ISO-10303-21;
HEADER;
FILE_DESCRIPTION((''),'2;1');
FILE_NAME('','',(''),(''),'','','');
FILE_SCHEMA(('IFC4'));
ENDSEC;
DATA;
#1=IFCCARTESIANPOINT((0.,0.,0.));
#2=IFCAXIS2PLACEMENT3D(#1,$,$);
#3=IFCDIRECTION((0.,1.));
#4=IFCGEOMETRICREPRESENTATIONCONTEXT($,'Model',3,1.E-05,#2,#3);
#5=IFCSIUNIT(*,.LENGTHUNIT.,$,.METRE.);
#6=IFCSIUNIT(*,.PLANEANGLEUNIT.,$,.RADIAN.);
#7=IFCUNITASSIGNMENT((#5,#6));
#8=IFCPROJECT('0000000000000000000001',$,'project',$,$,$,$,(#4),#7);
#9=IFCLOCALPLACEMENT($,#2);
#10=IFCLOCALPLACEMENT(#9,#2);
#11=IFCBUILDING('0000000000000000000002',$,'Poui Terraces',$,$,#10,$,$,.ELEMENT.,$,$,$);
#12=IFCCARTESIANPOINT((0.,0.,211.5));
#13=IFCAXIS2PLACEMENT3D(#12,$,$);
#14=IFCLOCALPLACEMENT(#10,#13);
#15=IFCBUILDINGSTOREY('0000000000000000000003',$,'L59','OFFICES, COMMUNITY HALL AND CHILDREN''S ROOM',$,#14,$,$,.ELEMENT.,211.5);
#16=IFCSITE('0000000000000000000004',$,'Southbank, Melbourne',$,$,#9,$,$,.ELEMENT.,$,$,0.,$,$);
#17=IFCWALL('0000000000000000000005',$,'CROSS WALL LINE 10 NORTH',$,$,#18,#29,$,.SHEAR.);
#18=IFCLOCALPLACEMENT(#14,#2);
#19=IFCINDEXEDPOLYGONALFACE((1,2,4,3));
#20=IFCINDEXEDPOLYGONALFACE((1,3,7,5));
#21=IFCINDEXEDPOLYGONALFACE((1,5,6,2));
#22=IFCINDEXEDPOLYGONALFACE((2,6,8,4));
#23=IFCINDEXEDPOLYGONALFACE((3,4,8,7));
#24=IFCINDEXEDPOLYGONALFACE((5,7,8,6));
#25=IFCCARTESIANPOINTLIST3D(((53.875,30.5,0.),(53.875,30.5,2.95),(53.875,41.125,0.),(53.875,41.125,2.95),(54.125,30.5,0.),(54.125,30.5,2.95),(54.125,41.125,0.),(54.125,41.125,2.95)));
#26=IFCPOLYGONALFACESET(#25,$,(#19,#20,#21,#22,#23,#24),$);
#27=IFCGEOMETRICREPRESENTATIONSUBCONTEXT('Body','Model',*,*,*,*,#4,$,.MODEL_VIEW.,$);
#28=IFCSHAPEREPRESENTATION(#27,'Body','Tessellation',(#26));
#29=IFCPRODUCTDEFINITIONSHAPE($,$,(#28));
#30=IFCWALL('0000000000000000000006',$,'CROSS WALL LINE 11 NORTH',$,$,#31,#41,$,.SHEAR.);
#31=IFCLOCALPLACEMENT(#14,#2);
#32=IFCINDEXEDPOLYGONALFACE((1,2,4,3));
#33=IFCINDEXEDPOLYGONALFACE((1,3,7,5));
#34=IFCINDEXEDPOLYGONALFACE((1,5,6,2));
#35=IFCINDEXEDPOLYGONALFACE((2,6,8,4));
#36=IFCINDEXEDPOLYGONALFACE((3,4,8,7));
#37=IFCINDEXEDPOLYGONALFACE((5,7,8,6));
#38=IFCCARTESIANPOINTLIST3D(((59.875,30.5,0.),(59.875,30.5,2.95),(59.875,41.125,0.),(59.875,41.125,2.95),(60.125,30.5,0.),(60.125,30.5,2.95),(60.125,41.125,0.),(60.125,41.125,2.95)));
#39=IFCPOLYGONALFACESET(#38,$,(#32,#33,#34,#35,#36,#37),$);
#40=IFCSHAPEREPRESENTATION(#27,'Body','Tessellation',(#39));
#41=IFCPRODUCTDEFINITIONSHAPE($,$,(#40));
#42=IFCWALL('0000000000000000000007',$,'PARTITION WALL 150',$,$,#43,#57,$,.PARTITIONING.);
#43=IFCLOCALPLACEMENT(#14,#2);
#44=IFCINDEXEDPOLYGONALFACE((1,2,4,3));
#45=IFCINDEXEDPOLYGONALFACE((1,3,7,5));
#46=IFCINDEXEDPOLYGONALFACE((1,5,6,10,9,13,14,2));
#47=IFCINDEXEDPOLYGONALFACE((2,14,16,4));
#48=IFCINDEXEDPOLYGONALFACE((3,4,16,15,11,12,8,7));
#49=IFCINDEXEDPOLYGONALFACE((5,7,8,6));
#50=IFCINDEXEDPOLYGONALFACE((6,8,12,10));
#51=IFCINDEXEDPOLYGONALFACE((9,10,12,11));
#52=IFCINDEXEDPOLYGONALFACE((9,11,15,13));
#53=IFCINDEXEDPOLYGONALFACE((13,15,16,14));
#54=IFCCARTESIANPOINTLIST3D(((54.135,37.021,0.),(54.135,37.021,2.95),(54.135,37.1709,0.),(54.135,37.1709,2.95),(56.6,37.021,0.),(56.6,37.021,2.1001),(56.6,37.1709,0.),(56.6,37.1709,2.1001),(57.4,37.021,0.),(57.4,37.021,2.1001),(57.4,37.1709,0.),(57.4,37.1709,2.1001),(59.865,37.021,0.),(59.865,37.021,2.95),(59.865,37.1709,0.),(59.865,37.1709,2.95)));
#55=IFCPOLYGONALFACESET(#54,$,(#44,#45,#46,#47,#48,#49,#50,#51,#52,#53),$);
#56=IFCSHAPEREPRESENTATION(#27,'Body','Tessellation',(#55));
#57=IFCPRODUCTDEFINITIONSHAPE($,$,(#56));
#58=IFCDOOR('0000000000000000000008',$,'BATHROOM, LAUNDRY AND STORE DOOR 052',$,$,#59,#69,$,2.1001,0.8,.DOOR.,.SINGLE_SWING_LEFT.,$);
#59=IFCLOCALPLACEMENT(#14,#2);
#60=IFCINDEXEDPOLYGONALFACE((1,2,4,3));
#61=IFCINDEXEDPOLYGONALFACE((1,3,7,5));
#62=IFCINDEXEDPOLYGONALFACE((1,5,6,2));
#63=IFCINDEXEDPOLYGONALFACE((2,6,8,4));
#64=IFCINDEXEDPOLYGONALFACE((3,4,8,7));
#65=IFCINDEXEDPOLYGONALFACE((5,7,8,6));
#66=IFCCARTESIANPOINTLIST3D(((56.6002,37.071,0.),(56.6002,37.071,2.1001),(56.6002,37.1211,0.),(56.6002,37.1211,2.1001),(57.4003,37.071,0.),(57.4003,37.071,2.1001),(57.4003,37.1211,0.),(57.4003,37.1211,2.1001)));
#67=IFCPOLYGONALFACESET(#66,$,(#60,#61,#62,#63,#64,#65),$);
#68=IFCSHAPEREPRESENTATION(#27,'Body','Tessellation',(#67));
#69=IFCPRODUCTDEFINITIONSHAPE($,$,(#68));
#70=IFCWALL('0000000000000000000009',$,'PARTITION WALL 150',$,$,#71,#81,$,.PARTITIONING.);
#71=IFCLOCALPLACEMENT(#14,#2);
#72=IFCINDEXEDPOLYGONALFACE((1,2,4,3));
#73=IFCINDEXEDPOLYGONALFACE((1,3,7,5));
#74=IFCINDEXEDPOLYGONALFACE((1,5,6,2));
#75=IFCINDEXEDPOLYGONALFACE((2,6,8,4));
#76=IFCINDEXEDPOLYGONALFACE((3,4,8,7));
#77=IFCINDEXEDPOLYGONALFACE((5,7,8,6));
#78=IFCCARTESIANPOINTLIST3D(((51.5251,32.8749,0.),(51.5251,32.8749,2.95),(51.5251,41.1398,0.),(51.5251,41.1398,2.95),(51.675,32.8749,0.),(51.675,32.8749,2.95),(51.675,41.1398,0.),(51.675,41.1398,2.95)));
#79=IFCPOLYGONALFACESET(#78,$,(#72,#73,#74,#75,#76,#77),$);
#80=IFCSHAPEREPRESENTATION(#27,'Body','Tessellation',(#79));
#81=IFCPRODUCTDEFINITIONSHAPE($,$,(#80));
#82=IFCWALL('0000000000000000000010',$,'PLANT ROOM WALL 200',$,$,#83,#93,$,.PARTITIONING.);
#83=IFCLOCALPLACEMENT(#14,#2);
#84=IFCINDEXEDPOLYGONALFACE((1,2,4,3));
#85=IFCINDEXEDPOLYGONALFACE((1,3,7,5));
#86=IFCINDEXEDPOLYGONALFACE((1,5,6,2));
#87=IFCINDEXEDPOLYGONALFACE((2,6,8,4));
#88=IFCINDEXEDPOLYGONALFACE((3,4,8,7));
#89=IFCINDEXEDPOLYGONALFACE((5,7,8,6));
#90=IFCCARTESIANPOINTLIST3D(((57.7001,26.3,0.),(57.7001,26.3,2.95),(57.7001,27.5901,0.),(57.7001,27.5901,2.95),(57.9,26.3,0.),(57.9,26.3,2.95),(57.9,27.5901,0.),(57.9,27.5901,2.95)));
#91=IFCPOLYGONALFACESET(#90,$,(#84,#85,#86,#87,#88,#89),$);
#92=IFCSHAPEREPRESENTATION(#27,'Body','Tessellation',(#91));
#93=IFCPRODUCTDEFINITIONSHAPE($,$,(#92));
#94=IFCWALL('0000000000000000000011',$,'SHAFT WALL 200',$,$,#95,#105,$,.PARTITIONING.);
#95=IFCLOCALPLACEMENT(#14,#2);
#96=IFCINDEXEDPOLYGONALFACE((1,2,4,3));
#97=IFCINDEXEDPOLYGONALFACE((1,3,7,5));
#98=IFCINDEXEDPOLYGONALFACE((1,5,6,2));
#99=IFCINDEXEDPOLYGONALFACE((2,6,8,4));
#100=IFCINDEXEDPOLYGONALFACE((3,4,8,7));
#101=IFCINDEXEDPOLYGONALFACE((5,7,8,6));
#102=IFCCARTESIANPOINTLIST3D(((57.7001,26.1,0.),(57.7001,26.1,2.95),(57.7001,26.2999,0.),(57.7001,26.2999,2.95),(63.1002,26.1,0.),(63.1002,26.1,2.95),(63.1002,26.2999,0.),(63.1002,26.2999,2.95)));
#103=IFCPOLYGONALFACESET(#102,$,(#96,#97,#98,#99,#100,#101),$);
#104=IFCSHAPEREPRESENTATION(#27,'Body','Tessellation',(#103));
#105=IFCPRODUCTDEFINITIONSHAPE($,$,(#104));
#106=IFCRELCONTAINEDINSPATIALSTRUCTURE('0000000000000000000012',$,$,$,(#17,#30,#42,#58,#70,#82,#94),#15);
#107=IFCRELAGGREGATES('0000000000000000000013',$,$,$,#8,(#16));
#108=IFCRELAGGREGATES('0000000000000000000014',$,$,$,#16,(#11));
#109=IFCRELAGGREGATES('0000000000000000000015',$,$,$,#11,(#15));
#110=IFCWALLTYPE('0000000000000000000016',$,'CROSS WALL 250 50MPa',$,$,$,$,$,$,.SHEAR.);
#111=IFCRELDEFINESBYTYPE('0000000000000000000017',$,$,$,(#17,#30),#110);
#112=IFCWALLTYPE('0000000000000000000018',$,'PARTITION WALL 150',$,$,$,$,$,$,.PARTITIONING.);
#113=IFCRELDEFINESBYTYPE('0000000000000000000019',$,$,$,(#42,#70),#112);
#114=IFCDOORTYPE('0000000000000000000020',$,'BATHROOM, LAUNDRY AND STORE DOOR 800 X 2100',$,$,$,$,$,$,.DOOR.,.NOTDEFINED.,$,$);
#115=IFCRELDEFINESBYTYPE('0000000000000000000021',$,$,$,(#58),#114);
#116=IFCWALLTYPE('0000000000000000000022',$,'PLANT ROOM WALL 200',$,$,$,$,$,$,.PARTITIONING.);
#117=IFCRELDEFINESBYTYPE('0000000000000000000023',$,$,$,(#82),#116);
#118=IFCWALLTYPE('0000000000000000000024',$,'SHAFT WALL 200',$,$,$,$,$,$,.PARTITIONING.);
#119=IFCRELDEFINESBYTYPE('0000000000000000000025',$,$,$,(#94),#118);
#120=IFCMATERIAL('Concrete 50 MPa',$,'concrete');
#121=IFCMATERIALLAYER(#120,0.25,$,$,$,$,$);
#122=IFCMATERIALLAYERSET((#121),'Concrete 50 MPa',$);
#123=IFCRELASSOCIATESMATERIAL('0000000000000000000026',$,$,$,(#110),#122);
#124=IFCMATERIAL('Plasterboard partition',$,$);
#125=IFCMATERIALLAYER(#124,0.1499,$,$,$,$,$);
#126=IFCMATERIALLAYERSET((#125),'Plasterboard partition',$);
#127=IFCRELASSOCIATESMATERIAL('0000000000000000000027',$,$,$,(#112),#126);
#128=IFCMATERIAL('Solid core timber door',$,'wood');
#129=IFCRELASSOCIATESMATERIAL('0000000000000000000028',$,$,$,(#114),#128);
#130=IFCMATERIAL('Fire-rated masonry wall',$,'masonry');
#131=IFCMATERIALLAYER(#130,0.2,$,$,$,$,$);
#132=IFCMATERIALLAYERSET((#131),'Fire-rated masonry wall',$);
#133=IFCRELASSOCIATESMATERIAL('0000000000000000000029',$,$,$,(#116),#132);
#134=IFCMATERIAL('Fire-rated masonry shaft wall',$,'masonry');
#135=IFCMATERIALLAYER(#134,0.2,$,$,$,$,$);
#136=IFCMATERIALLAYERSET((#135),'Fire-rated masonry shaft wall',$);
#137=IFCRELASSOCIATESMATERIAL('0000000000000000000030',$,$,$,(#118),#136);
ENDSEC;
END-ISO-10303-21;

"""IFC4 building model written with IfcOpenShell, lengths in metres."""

from ifc_helpers import new_model, si_unit, direction, frame, frame_2d, origin, place, context, subcontext, project, spatial, rectangle, extrude, material, layer, layer_set, type_object, element, fill, save


model = new_model("IFC4")

# Units and contexts
model_context = context("Model", 3, precision=1e-05, world=origin(), true_north=direction((0.0, 1.0)))
body_context = subcontext(model_context, "Body", "Model", "MODEL_VIEW")
ifc_project = project(units=[si_unit("LENGTHUNIT", "METRE"), si_unit("PLANEANGLEUNIT", "RADIAN")], contexts=[model_context])

# Site, building, storey
site_placement = place(None, origin())
site = spatial("IfcSite", under=ifc_project, at=site_placement, Name="Southbank, Melbourne", CompositionType="ELEMENT", RefElevation=0.0)
building_placement = place(site_placement, origin())
building = spatial("IfcBuilding", under=site, at=building_placement, Name="Poui Terraces", CompositionType="ELEMENT")
storey_placement = place(building_placement, frame((0.0, 0.0, 211.5)))
storey = spatial("IfcBuildingStorey", under=building, at=storey_placement, Name="L59", Description="OFFICES, COMMUNITY HALL AND CHILDREN'S ROOM", CompositionType="ELEMENT", Elevation=211.5)

# Shared definitions
ifc_material_1 = material(Name="Concrete 50 MPa", Category="concrete")

# Shared definitions
ifc_material_2 = material(Name="Solid core timber door", Category="wood")

# Walls
ifc_layer_1 = layer(ifc_material_1, 0.25)
ifc_layer_set_1 = layer_set([ifc_layer_1], Name="Concrete 50 MPa")
wall_type_1 = type_object("IfcWallType", Name="CROSS WALL 250 50MPa", PredefinedType="SHEAR", material=ifc_layer_set_1)
for number, where, z_axis, x_axis, name in (
    (1, (54.0, 30.5, 0.0), (0.0, 0.0, 1.0), (0.0, 1.0, 0.0), "CROSS WALL LINE 10 NORTH"),
    (2, (60.0, 30.5, 0.0), (0.0, 0.0, 1.0), (0.0, 1.0, 0.0), "CROSS WALL LINE 11 NORTH"),
):
    element("IfcWall", number, at=place(storey_placement, frame(where, z_axis=z_axis, x_axis=x_axis)), inside=storey, type_object=wall_type_1, Name=name, PredefinedType="SHEAR", context=body_context, shape_type="SweptSolid", body=[
        extrude(rectangle(XDim=10.625, YDim=0.25, at=frame_2d((5.3125, 0.0))), origin(), (0.0, 0.0, 1.0), 2.95),
    ])

# Wall, opening, door
ifc_material_3 = material(Name="Plasterboard partition")
ifc_layer_2 = layer(ifc_material_3, 0.1499)
ifc_layer_set_2 = layer_set([ifc_layer_2], Name="Plasterboard partition")
wall_type_2 = type_object("IfcWallType", Name="PARTITION WALL 150", PredefinedType="PARTITIONING", material=ifc_layer_set_2)
wall_1_placement = place(storey_placement, frame((54.135, 37.0959, 0.0), z_axis=(0.0, 0.0, 1.0), x_axis=(1.0, 0.0, 0.0)))
wall_1 = element("IfcWall", 3, at=wall_1_placement, inside=storey, type_object=wall_type_2, Name="PARTITION WALL 150", PredefinedType="PARTITIONING", context=body_context, shape_type="SweptSolid", body=[
    extrude(rectangle(XDim=5.73, YDim=0.1499, at=frame_2d((2.865, 0.0))), origin(), (0.0, 0.0, 1.0), 2.95),
])
opening_1_placement = place(wall_1_placement, frame((2.4651, 0.0, 0.0)))
opening_1 = element("IfcOpeningElement", 4, at=opening_1_placement, cuts=wall_1, PredefinedType="OPENING", context=body_context, shape_type="SweptSolid", body=[
    extrude(rectangle(XDim=0.8, YDim=2.1001, at=frame_2d((0.3999, 1.05))), frame((0.0, 0.085, 0.0), z_axis=(0.0, -1.0, 0.0), x_axis=(1.0, 0.0, 0.0)), (0.0, 0.0, 1.0), 0.1699),
])
door_type_1 = type_object("IfcDoorType", Name="BATHROOM, LAUNDRY AND STORE DOOR 800 X 2100", OperationType="NOTDEFINED", PredefinedType="DOOR", material=ifc_material_2)
door_1_placement = place(opening_1_placement, frame((0.8, 0.0, 0.0), z_axis=(0.0, 0.0, 1.0), x_axis=(-1.0, 0.0, 0.0)))
door_1 = element("IfcDoor", 5, at=door_1_placement, inside=storey, type_object=door_type_1, Name="BATHROOM, LAUNDRY AND STORE DOOR 052", OperationType="SINGLE_SWING_LEFT", OverallHeight=2.1001, OverallWidth=0.8, PredefinedType="DOOR", context=body_context, shape_type="SweptSolid", body=[
    extrude(rectangle(XDim=0.8, YDim=2.1001, at=frame_2d((0.3999, 1.05))), frame((0.0, 0.0249, 0.0), z_axis=(0.0, -1.0, 0.0), x_axis=(1.0, 0.0, 0.0)), (0.0, 0.0, 1.0), 0.05),
])
fill(opening_1, door_1)

# Walls
wall_2_placement = place(storey_placement, frame((51.6001, 32.875, 0.0), z_axis=(0.0, 0.0, 1.0), x_axis=(0.0, 1.0, 0.0)))
element("IfcWall", 6, at=wall_2_placement, inside=storey, type_object=wall_type_2, Name="PARTITION WALL 150", PredefinedType="PARTITIONING", context=body_context, shape_type="SweptSolid", body=[
    extrude(rectangle(XDim=8.2649, YDim=0.1499, at=frame_2d((4.1323, 0.0))), origin(), (0.0, 0.0, 1.0), 2.95),
])
ifc_material_4 = material(Name="Fire-rated masonry wall", Category="masonry")
ifc_layer_3 = layer(ifc_material_4, 0.2)
ifc_layer_set_3 = layer_set([ifc_layer_3], Name="Fire-rated masonry wall")
wall_type_3 = type_object("IfcWallType", Name="PLANT ROOM WALL 200", PredefinedType="PARTITIONING", material=ifc_layer_set_3)
wall_3_placement = place(storey_placement, frame((57.8, 26.3, 0.0), z_axis=(0.0, 0.0, 1.0), x_axis=(0.0, 1.0, 0.0)))
element("IfcWall", 7, at=wall_3_placement, inside=storey, type_object=wall_type_3, Name="PLANT ROOM WALL 200", PredefinedType="PARTITIONING", context=body_context, shape_type="SweptSolid", body=[
    extrude(rectangle(XDim=1.29, YDim=0.2, at=frame_2d((0.645, 0.0))), origin(), (0.0, 0.0, 1.0), 2.95),
])
ifc_material_5 = material(Name="Fire-rated masonry shaft wall", Category="masonry")
ifc_layer_4 = layer(ifc_material_5, 0.2)
ifc_layer_set_4 = layer_set([ifc_layer_4], Name="Fire-rated masonry shaft wall")
wall_type_4 = type_object("IfcWallType", Name="SHAFT WALL 200", PredefinedType="PARTITIONING", material=ifc_layer_set_4)
wall_4_placement = place(storey_placement, frame((57.7, 26.2, 0.0), z_axis=(0.0, 0.0, 1.0), x_axis=(1.0, 0.0, 0.0)))
element("IfcWall", 8, at=wall_4_placement, inside=storey, type_object=wall_type_4, Name="SHAFT WALL 200", PredefinedType="PARTITIONING", context=body_context, shape_type="SweptSolid", body=[
    extrude(rectangle(XDim=5.4001, YDim=0.2, at=frame_2d((2.7002, 0.0))), origin(), (0.0, 0.0, 1.0), 2.95),
])

save(model, "model.ifc")
